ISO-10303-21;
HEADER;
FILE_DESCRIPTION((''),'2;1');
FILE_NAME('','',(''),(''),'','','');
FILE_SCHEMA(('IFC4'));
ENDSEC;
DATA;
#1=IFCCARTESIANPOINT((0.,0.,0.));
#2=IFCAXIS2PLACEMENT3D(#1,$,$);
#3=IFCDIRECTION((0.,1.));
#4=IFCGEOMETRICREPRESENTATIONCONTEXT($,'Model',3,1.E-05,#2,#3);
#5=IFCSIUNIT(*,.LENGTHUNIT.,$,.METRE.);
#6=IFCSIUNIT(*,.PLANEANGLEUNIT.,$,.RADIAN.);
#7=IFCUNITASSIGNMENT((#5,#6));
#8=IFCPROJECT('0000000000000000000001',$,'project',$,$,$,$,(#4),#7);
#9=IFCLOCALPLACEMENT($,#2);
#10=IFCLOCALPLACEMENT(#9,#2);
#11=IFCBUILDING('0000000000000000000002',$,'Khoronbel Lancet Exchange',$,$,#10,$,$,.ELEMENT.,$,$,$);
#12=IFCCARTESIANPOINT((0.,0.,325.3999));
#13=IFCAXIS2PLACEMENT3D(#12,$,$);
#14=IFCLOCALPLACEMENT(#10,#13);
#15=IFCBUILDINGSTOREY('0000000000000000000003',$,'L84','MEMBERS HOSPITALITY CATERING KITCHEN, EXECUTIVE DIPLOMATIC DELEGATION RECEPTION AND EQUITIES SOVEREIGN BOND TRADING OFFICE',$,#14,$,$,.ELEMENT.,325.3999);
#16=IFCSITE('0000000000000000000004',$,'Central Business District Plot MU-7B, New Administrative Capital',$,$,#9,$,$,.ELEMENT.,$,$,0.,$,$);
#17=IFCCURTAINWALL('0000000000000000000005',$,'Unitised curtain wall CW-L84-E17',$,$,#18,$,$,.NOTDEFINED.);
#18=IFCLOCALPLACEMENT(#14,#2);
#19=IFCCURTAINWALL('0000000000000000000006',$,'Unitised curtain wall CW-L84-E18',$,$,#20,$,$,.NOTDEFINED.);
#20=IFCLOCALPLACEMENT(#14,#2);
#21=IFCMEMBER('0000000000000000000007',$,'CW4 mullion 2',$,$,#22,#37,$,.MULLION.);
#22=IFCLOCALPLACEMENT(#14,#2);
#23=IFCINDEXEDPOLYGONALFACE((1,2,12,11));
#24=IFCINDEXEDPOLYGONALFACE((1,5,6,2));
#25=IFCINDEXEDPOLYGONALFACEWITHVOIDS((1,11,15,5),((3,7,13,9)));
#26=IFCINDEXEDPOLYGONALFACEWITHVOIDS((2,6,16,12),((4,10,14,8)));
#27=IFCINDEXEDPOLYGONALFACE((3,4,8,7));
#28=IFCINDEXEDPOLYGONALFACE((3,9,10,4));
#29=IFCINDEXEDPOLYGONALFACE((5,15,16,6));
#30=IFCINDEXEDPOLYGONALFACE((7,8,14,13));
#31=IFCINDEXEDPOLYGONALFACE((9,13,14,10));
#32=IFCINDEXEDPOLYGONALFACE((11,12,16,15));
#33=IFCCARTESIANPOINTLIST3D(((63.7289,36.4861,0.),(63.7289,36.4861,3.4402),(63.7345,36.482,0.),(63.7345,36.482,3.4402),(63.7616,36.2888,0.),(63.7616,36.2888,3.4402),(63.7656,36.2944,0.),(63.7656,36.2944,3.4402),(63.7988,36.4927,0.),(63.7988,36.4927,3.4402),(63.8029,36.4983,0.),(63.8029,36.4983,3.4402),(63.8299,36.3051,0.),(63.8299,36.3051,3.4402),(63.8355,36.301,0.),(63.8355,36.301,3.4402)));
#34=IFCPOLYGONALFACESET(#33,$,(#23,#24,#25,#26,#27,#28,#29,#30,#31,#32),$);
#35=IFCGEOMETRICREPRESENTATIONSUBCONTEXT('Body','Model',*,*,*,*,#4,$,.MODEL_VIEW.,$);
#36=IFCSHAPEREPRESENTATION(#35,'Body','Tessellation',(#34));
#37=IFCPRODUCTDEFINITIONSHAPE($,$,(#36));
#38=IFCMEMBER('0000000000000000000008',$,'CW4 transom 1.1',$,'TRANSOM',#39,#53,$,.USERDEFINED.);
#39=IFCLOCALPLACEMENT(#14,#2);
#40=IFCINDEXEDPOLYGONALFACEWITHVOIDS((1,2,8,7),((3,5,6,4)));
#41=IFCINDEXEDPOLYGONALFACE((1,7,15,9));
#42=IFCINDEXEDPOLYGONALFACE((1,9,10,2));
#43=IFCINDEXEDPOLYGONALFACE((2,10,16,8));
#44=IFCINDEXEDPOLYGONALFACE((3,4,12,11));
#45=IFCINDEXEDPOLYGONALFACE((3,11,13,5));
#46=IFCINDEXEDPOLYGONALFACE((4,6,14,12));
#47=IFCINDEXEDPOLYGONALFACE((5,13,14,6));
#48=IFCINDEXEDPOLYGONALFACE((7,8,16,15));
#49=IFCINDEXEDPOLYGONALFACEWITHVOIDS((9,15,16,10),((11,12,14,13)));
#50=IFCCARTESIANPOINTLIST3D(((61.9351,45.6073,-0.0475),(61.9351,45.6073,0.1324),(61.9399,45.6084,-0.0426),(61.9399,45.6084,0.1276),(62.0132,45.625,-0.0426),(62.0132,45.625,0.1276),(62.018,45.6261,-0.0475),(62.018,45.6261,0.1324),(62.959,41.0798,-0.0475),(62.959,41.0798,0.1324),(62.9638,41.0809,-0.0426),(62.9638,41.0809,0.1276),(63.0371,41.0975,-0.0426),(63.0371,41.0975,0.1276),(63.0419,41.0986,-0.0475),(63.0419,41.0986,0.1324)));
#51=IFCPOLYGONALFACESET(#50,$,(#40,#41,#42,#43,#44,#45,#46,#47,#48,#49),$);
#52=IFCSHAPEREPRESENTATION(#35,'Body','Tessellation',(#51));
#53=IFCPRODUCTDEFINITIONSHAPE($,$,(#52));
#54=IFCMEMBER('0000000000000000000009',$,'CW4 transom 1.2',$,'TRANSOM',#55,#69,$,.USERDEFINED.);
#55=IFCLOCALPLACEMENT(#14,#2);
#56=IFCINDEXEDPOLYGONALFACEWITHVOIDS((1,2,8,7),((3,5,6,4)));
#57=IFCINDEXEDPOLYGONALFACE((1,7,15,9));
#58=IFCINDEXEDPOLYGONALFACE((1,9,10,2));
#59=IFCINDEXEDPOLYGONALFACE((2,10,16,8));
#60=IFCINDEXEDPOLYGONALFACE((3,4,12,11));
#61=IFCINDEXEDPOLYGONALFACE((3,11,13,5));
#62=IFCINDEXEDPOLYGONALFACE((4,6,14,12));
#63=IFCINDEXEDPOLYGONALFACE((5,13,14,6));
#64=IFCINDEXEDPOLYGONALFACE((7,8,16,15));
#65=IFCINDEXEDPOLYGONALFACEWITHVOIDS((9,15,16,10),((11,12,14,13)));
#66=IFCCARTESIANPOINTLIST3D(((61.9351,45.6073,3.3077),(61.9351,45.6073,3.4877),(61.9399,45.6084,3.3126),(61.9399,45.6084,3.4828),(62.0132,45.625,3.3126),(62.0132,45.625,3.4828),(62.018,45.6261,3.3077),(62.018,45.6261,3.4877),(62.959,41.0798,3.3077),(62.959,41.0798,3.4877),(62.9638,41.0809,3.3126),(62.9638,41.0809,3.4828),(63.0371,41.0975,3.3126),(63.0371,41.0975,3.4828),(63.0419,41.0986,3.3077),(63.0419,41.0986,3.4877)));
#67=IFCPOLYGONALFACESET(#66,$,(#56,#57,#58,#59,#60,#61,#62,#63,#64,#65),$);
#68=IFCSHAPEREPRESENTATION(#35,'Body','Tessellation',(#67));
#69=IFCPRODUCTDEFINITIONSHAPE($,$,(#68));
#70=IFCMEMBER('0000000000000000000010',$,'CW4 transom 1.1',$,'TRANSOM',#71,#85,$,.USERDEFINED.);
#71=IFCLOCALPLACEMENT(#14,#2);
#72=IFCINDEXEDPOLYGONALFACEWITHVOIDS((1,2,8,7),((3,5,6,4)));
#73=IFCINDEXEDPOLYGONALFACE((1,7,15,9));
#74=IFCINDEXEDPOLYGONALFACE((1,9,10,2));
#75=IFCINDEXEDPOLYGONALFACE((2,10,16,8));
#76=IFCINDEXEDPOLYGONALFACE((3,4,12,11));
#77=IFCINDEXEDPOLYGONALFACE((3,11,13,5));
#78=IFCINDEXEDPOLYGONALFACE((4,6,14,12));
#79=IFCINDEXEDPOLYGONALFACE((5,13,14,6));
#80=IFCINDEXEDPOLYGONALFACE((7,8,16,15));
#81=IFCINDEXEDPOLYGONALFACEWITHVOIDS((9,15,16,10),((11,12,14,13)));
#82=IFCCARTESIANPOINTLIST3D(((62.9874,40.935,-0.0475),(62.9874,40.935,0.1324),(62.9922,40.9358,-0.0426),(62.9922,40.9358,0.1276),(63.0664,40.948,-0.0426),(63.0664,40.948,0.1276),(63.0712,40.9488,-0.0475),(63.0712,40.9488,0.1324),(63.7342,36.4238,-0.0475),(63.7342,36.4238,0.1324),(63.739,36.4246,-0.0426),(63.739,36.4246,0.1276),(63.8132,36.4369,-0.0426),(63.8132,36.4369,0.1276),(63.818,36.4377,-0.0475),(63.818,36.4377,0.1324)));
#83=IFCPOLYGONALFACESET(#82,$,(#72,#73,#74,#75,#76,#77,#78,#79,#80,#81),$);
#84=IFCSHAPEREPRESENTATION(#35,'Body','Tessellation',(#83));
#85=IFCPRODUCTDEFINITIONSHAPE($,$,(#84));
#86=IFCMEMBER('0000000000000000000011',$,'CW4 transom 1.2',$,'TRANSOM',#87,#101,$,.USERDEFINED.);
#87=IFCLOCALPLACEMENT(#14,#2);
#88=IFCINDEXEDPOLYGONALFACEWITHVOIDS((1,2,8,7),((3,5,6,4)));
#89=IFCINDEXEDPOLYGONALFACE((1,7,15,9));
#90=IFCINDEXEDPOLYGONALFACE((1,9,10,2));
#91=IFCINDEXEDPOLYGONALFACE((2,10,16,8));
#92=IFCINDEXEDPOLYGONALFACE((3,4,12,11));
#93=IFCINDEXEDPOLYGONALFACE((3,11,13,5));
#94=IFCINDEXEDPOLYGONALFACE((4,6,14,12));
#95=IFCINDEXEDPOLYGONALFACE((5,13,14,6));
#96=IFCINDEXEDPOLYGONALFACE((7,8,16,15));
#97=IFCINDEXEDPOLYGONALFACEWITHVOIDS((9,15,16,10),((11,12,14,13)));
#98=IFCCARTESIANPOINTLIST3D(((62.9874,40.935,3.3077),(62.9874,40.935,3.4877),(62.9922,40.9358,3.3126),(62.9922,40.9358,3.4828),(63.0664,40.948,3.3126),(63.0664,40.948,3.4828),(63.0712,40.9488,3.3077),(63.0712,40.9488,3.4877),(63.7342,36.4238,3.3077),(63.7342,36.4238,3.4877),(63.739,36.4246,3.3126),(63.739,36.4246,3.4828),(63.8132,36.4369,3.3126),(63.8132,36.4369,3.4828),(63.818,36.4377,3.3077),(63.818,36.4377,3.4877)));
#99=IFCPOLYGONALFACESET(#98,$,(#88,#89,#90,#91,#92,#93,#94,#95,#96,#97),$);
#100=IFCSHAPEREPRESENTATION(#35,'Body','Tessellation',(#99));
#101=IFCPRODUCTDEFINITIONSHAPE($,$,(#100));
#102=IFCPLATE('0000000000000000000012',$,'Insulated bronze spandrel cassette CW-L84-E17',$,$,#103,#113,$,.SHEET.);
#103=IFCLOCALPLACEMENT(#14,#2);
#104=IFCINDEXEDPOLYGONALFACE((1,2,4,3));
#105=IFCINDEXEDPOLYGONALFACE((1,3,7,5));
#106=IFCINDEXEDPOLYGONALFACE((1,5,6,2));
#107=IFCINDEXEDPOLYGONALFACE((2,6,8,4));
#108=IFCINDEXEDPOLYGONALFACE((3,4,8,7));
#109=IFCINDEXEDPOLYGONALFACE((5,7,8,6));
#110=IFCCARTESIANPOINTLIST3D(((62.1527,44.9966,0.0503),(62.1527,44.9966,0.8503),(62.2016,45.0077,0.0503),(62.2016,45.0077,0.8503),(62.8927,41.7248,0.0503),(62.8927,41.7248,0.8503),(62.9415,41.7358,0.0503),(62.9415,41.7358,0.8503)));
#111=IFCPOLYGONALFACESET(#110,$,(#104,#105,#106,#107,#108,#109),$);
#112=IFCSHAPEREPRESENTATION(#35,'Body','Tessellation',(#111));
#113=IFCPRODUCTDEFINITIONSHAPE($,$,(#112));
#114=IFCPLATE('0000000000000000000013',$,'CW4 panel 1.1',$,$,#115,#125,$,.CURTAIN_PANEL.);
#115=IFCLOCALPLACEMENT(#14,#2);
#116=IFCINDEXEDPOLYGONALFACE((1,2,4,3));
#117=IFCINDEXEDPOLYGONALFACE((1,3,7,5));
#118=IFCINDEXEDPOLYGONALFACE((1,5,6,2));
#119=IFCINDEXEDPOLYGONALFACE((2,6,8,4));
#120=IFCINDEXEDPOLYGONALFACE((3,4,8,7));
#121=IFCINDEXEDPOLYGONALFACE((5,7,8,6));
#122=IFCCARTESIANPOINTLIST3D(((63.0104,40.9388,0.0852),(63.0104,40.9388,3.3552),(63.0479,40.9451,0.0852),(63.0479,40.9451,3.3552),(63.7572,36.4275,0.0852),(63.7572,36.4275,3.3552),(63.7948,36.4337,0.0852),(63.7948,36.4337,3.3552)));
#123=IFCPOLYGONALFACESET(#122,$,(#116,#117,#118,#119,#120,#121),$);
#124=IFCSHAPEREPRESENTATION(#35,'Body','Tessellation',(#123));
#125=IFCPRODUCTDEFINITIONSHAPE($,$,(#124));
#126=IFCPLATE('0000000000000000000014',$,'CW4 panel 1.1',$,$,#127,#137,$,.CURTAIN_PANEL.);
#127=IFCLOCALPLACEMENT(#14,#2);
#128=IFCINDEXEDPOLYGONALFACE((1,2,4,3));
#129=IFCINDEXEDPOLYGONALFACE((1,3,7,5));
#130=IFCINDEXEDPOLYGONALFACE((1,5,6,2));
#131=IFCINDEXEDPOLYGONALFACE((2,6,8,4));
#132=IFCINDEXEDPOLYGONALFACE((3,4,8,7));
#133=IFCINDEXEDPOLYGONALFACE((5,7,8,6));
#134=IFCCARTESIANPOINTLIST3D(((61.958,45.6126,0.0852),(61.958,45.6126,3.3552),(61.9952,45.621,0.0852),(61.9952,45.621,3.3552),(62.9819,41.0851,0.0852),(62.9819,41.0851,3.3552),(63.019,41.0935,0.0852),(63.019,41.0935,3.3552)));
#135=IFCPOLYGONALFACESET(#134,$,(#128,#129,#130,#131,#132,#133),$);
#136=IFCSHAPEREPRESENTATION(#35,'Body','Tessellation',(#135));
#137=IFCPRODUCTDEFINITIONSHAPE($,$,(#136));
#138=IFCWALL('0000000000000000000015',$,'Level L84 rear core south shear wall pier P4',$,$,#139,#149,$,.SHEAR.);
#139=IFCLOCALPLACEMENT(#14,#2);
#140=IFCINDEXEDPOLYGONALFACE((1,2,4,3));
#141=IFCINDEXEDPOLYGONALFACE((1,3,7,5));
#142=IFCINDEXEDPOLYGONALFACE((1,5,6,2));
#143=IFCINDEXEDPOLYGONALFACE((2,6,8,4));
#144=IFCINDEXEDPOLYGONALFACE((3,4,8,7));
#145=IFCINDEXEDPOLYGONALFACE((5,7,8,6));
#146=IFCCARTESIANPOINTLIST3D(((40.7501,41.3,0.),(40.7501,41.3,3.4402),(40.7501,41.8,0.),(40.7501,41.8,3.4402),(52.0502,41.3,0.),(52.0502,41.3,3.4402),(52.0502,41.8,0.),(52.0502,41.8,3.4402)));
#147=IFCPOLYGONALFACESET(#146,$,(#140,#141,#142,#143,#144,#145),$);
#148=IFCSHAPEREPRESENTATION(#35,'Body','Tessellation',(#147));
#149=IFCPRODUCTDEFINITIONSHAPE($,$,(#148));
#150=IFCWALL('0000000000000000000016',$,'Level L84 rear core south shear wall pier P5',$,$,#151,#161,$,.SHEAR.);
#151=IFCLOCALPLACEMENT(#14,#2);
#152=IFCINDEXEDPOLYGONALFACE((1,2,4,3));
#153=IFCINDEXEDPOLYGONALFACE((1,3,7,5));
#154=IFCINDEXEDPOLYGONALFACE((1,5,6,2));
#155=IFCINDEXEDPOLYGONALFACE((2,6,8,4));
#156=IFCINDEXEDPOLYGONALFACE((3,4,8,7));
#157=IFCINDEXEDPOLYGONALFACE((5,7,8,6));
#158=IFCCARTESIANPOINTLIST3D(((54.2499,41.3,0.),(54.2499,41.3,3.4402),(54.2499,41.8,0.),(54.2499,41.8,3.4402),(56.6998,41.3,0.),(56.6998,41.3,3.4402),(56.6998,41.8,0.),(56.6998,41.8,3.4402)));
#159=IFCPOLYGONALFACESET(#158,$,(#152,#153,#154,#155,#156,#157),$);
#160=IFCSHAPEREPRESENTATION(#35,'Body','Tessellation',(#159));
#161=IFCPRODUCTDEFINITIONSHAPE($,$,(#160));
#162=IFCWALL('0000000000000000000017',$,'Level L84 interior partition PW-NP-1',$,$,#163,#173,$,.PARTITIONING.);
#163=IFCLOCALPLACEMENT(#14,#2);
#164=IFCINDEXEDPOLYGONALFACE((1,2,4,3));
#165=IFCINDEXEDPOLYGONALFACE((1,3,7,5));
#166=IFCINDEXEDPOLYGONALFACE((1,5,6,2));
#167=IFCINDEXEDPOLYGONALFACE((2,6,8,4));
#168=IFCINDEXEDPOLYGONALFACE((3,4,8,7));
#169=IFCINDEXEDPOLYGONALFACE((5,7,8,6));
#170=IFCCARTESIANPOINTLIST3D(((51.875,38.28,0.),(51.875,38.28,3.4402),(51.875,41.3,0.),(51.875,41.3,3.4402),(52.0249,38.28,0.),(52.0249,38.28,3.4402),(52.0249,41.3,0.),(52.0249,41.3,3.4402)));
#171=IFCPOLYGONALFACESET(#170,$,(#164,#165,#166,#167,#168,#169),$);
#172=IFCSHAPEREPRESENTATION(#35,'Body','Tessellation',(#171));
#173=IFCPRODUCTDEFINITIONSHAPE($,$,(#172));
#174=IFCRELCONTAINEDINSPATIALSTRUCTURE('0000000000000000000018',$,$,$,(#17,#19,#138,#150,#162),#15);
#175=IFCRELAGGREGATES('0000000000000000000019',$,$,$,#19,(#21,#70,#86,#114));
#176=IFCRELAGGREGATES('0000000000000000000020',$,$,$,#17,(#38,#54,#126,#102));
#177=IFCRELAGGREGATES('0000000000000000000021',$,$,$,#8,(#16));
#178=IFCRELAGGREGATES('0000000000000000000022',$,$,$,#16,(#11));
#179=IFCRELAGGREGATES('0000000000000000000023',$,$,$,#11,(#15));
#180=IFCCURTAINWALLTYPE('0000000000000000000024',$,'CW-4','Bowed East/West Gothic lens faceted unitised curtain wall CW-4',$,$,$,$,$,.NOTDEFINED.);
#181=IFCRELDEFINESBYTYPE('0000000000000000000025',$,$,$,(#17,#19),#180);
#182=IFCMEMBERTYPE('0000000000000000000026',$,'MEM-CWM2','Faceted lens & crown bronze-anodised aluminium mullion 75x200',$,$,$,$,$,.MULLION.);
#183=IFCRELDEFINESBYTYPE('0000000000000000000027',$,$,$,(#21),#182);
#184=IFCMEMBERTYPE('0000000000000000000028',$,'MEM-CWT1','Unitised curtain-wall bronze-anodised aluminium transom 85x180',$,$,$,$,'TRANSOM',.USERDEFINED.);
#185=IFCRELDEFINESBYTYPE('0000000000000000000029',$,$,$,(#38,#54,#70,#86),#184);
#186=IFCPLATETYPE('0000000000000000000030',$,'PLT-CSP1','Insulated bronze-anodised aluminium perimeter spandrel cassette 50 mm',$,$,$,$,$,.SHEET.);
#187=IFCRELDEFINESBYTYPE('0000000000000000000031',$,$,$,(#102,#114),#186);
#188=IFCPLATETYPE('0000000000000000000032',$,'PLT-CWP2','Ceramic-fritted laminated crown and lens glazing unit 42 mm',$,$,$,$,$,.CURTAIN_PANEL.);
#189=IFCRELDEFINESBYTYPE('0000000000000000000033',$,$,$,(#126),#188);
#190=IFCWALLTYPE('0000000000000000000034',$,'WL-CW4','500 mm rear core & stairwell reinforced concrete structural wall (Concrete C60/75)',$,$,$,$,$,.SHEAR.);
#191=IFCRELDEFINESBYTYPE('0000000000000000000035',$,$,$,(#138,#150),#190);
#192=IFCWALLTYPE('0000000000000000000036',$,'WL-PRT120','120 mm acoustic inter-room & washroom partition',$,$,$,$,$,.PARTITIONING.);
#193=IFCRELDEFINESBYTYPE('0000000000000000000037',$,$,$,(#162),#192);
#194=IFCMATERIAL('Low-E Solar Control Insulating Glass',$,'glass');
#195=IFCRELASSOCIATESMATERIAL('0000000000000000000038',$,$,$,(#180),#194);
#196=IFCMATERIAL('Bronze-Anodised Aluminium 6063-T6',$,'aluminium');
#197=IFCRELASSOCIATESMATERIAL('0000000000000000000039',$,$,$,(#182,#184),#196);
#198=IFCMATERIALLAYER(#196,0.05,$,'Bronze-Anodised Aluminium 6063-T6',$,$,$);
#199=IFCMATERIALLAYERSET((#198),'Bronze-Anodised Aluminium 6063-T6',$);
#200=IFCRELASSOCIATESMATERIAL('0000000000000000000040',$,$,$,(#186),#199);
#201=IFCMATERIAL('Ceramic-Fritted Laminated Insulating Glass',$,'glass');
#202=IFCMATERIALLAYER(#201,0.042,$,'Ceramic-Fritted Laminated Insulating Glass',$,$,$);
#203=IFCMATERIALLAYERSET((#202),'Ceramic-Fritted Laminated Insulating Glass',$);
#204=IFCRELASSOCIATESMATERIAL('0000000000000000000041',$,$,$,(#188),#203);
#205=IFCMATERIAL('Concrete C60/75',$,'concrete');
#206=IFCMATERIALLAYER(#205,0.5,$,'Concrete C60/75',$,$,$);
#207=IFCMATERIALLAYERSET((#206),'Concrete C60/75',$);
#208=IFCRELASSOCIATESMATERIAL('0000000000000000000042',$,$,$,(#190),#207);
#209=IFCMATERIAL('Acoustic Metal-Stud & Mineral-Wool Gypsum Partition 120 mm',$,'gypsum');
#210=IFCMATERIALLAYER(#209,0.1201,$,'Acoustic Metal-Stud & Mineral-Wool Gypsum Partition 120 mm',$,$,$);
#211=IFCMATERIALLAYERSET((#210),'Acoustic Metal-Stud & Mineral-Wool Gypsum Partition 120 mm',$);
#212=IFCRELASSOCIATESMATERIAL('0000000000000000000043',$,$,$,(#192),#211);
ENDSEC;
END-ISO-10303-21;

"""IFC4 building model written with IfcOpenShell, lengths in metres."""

from ifc_helpers import new_model, si_unit, direction, frame, frame_2d, origin, origin_2d, place, context, subcontext, project, spatial, rectangle, hollow_rectangle, extrude, material, layer, layer_set, material_profile, profile_set, type_object, element, aggregate, save


model = new_model("IFC4")

# Units and contexts
model_context = context("Model", 3, precision=1e-05, world=origin(), true_north=direction((0.0, 1.0)))
body_context = subcontext(model_context, "Body", "Model", "MODEL_VIEW")
ifc_project = project(units=[si_unit("LENGTHUNIT", "METRE"), si_unit("PLANEANGLEUNIT", "RADIAN")], contexts=[model_context])

# Site, building, storey
site_placement = place(None, origin())
site = spatial("IfcSite", under=ifc_project, at=site_placement, Name="Central Business District Plot MU-7B, New Administrative Capital", CompositionType="ELEMENT", RefElevation=0.0)
building_placement = place(site_placement, origin())
building = spatial("IfcBuilding", under=site, at=building_placement, Name="Khoronbel Lancet Exchange", CompositionType="ELEMENT")
storey_placement = place(building_placement, frame((0.0, 0.0, 325.3999)))
storey = spatial("IfcBuildingStorey", under=building, at=storey_placement, Name="L84", Description="MEMBERS HOSPITALITY CATERING KITCHEN, EXECUTIVE DIPLOMATIC DELEGATION RECEPTION AND EQUITIES SOVEREIGN BOND TRADING OFFICE", CompositionType="ELEMENT", Elevation=325.3999)

# Shared definitions
ifc_material_1 = material(Name="Concrete C60/75", Category="concrete")

# Curtain walls, member
ifc_material_2 = material(Name="Low-E Solar Control Insulating Glass", Category="glass")
curtain_wall_type = type_object("IfcCurtainWallType", Name="CW-4", Description="Bowed East/West Gothic lens faceted unitised curtain wall CW-4", PredefinedType="NOTDEFINED", material=ifc_material_2)
curtain_wall_1_placement = place(storey_placement, origin())
curtain_wall_1 = element("IfcCurtainWall", 1, at=curtain_wall_1_placement, inside=storey, type_object=curtain_wall_type, Name="Unitised curtain wall CW-L84-E17", PredefinedType="NOTDEFINED")
ifc_material_3 = material(Name="Bronze-Anodised Aluminium 6063-T6", Category="aluminium")
ifc_material_profile_1 = material_profile(ifc_material_3, hollow_rectangle(XDim=0.075, YDim=0.2, WallThickness=0.0049, at=origin_2d()), Name="ALU MULLION 75x200")
ifc_profile_set_1 = profile_set([ifc_material_profile_1], Name="Bronze-Anodised Aluminium 6063-T6")
member_type_1 = type_object("IfcMemberType", Name="MEM-CWM2", Description="Faceted lens & crown bronze-anodised aluminium mullion 75x200", PredefinedType="MULLION", material=ifc_profile_set_1)
curtain_wall_2_placement = place(storey_placement, origin())
curtain_wall_2 = element("IfcCurtainWall", 2, at=curtain_wall_2_placement, inside=storey, type_object=curtain_wall_type, Name="Unitised curtain wall CW-L84-E18", PredefinedType="NOTDEFINED")
member_1_placement = place(storey_placement, frame((63.7822, 36.3936, 0.0), z_axis=(0.0, 0.0, 1.0), x_axis=(0.986571, 0.163334, 0.0)))
member_1 = element("IfcMember", 3, at=member_1_placement, type_object=member_type_1, Name="CW4 mullion 2", PredefinedType="MULLION", context=body_context, shape_type="SweptSolid", body=[
    extrude(hollow_rectangle(XDim=0.075, YDim=0.2, WallThickness=0.0049, at=origin_2d()), origin(), (0.0, 0.0, 1.0), 3.4402),
])

# Members
ifc_material_profile_2 = material_profile(ifc_material_3, hollow_rectangle(XDim=0.085, YDim=0.1799, WallThickness=0.0049, at=origin_2d()), Name="ALU TRANSOM 85x180")
ifc_profile_set_2 = profile_set([ifc_material_profile_2], Name="Bronze-Anodised Aluminium 6063-T6")
member_type_2 = type_object("IfcMemberType", Name="MEM-CWT1", Description="Unitised curtain-wall bronze-anodised aluminium transom 85x180", ElementType="TRANSOM", PredefinedType="USERDEFINED", material=ifc_profile_set_2)
member_2_placement = place(storey_placement, frame((61.9766, 45.6167, 0.0425), z_axis=(0.220582, -0.975368, 0.0), x_axis=(0.975368, 0.220582, 0.0)))
member_2 = element("IfcMember", 4, at=member_2_placement, type_object=member_type_2, Name="CW4 transom 1.1", ObjectType="TRANSOM", PredefinedType="USERDEFINED", context=body_context, shape_type="SweptSolid", body=[
    extrude(hollow_rectangle(XDim=0.085, YDim=0.1799, WallThickness=0.0049, at=origin_2d()), origin(), (0.0, 0.0, 1.0), 4.6418),
])
member_3_placement = place(storey_placement, frame((61.9766, 45.6167, 3.3977), z_axis=(0.220582, -0.975368, 0.0), x_axis=(0.975368, 0.220582, 0.0)))
member_3 = element("IfcMember", 5, at=member_3_placement, type_object=member_type_2, Name="CW4 transom 1.2", ObjectType="TRANSOM", PredefinedType="USERDEFINED", context=body_context, shape_type="SweptSolid", body=[
    extrude(hollow_rectangle(XDim=0.085, YDim=0.1799, WallThickness=0.0049, at=origin_2d()), origin(), (0.0, 0.0, 1.0), 4.6418),
])
member_4_placement = place(storey_placement, frame((63.0293, 40.9419, 0.0425), z_axis=(0.163325, -0.986572, 0.0), x_axis=(0.986572, 0.163325, 0.0)))
member_4 = element("IfcMember", 6, at=member_4_placement, type_object=member_type_2, Name="CW4 transom 1.1", ObjectType="TRANSOM", PredefinedType="USERDEFINED", context=body_context, shape_type="SweptSolid", body=[
    extrude(hollow_rectangle(XDim=0.085, YDim=0.1799, WallThickness=0.0049, at=origin_2d()), origin(), (0.0, 0.0, 1.0), 4.5725),
])
member_5_placement = place(storey_placement, frame((63.0293, 40.9419, 3.3977), z_axis=(0.163325, -0.986572, 0.0), x_axis=(0.986572, 0.163325, 0.0)))
member_5 = element("IfcMember", 7, at=member_5_placement, type_object=member_type_2, Name="CW4 transom 1.2", ObjectType="TRANSOM", PredefinedType="USERDEFINED", context=body_context, shape_type="SweptSolid", body=[
    extrude(hollow_rectangle(XDim=0.085, YDim=0.1799, WallThickness=0.0049, at=origin_2d()), origin(), (0.0, 0.0, 1.0), 4.5725),
])

# Plates
ifc_layer_1 = layer(ifc_material_3, 0.05, Name="Bronze-Anodised Aluminium 6063-T6")
ifc_layer_set_1 = layer_set([ifc_layer_1], Name="Bronze-Anodised Aluminium 6063-T6")
plate_type_1 = type_object("IfcPlateType", Name="PLT-CSP1", Description="Insulated bronze-anodised aluminium perimeter spandrel cassette 50 mm", PredefinedType="SHEET", material=ifc_layer_set_1)
plate_1_placement = place(storey_placement, frame((62.5471, 43.3662, 0.0503), z_axis=(0.0, 0.0, 1.0), x_axis=(0.220579, -0.975369, 0.0)))
plate_1 = element("IfcPlate", 8, at=plate_1_placement, type_object=plate_type_1, Name="Insulated bronze spandrel cassette CW-L84-E17", PredefinedType="SHEET", context=body_context, shape_type="SweptSolid", body=[
    extrude(rectangle(XDim=3.3545, YDim=0.05, at=origin_2d()), origin(), (0.0, 0.0, 1.0), 0.8),
])
plate_2_placement = place(storey_placement, frame((63.4026, 38.6863, 0.0852), z_axis=(0.0, 0.0, 1.0), x_axis=(0.163334, -0.986571, 0.0)))
plate_2 = element("IfcPlate", 9, at=plate_2_placement, type_object=plate_type_1, Name="CW4 panel 1.1", PredefinedType="CURTAIN_PANEL", context=body_context, shape_type="SweptSolid", body=[
    extrude(rectangle(XDim=4.5728, YDim=0.0381, at=origin_2d()), origin(), (0.0, 0.0, 1.0), 3.27),
])
aggregate(curtain_wall_2, [member_1, member_4, member_5, plate_2])
ifc_material_4 = material(Name="Ceramic-Fritted Laminated Insulating Glass", Category="glass")
ifc_layer_2 = layer(ifc_material_4, 0.042, Name="Ceramic-Fritted Laminated Insulating Glass")
ifc_layer_set_2 = layer_set([ifc_layer_2], Name="Ceramic-Fritted Laminated Insulating Glass")
plate_type_2 = type_object("IfcPlateType", Name="PLT-CWP2", Description="Ceramic-fritted laminated crown and lens glazing unit 42 mm", PredefinedType="CURTAIN_PANEL", material=ifc_layer_set_2)
plate_3_placement = place(storey_placement, frame((62.4885, 43.353, 0.0852), z_axis=(0.0, 0.0, 1.0), x_axis=(0.220579, -0.975369, 0.0)))
plate_3 = element("IfcPlate", 10, at=plate_3_placement, type_object=plate_type_2, Name="CW4 panel 1.1", PredefinedType="CURTAIN_PANEL", context=body_context, shape_type="SweptSolid", body=[
    extrude(rectangle(XDim=4.6418, YDim=0.0381, at=origin_2d()), origin(), (0.0, 0.0, 1.0), 3.27),
])
aggregate(curtain_wall_1, [member_2, member_3, plate_3, plate_1])

# Walls
ifc_layer_3 = layer(ifc_material_1, 0.5, Name="Concrete C60/75")
ifc_layer_set_3 = layer_set([ifc_layer_3], Name="Concrete C60/75")
wall_type_1 = type_object("IfcWallType", Name="WL-CW4", Description="500 mm rear core & stairwell reinforced concrete structural wall (Concrete C60/75)", PredefinedType="SHEAR", material=ifc_layer_set_3)
wall_1_placement = place(storey_placement, frame((52.05, 41.55, 0.0), z_axis=(0.0, 0.0, 1.0), x_axis=(-1.0, 0.0, 0.0)))
element("IfcWall", 11, at=wall_1_placement, inside=storey, type_object=wall_type_1, Name="Level L84 rear core south shear wall pier P4", PredefinedType="SHEAR", context=body_context, shape_type="SweptSolid", body=[
    extrude(rectangle(XDim=11.3, YDim=0.5, at=frame_2d((5.6499, 0.0))), origin(), (0.0, 0.0, 1.0), 3.4402),
])
wall_2_placement = place(storey_placement, frame((56.7, 41.55, 0.0), z_axis=(0.0, 0.0, 1.0), x_axis=(-1.0, 0.0, 0.0)))
element("IfcWall", 12, at=wall_2_placement, inside=storey, type_object=wall_type_1, Name="Level L84 rear core south shear wall pier P5", PredefinedType="SHEAR", context=body_context, shape_type="SweptSolid", body=[
    extrude(rectangle(XDim=2.45, YDim=0.5, at=frame_2d((1.2251, 0.0))), origin(), (0.0, 0.0, 1.0), 3.4402),
])
ifc_material_5 = material(Name="Acoustic Metal-Stud & Mineral-Wool Gypsum Partition 120 mm", Category="gypsum")
ifc_layer_4 = layer(ifc_material_5, 0.1201, Name="Acoustic Metal-Stud & Mineral-Wool Gypsum Partition 120 mm")
ifc_layer_set_4 = layer_set([ifc_layer_4], Name="Acoustic Metal-Stud & Mineral-Wool Gypsum Partition 120 mm")
wall_type_2 = type_object("IfcWallType", Name="WL-PRT120", Description="120 mm acoustic inter-room & washroom partition", PredefinedType="PARTITIONING", material=ifc_layer_set_4)
wall_3_placement = place(storey_placement, frame((51.95, 38.28, 0.0), z_axis=(0.0, 0.0, 1.0), x_axis=(0.0, 1.0, 0.0)))
element("IfcWall", 13, at=wall_3_placement, inside=storey, type_object=wall_type_2, Name="Level L84 interior partition PW-NP-1", PredefinedType="PARTITIONING", context=body_context, shape_type="SweptSolid", body=[
    extrude(rectangle(XDim=3.02, YDim=0.1499, at=frame_2d((1.51, 0.0))), origin(), (0.0, 0.0, 1.0), 3.4402),
])

save(model, "model.ifc")
